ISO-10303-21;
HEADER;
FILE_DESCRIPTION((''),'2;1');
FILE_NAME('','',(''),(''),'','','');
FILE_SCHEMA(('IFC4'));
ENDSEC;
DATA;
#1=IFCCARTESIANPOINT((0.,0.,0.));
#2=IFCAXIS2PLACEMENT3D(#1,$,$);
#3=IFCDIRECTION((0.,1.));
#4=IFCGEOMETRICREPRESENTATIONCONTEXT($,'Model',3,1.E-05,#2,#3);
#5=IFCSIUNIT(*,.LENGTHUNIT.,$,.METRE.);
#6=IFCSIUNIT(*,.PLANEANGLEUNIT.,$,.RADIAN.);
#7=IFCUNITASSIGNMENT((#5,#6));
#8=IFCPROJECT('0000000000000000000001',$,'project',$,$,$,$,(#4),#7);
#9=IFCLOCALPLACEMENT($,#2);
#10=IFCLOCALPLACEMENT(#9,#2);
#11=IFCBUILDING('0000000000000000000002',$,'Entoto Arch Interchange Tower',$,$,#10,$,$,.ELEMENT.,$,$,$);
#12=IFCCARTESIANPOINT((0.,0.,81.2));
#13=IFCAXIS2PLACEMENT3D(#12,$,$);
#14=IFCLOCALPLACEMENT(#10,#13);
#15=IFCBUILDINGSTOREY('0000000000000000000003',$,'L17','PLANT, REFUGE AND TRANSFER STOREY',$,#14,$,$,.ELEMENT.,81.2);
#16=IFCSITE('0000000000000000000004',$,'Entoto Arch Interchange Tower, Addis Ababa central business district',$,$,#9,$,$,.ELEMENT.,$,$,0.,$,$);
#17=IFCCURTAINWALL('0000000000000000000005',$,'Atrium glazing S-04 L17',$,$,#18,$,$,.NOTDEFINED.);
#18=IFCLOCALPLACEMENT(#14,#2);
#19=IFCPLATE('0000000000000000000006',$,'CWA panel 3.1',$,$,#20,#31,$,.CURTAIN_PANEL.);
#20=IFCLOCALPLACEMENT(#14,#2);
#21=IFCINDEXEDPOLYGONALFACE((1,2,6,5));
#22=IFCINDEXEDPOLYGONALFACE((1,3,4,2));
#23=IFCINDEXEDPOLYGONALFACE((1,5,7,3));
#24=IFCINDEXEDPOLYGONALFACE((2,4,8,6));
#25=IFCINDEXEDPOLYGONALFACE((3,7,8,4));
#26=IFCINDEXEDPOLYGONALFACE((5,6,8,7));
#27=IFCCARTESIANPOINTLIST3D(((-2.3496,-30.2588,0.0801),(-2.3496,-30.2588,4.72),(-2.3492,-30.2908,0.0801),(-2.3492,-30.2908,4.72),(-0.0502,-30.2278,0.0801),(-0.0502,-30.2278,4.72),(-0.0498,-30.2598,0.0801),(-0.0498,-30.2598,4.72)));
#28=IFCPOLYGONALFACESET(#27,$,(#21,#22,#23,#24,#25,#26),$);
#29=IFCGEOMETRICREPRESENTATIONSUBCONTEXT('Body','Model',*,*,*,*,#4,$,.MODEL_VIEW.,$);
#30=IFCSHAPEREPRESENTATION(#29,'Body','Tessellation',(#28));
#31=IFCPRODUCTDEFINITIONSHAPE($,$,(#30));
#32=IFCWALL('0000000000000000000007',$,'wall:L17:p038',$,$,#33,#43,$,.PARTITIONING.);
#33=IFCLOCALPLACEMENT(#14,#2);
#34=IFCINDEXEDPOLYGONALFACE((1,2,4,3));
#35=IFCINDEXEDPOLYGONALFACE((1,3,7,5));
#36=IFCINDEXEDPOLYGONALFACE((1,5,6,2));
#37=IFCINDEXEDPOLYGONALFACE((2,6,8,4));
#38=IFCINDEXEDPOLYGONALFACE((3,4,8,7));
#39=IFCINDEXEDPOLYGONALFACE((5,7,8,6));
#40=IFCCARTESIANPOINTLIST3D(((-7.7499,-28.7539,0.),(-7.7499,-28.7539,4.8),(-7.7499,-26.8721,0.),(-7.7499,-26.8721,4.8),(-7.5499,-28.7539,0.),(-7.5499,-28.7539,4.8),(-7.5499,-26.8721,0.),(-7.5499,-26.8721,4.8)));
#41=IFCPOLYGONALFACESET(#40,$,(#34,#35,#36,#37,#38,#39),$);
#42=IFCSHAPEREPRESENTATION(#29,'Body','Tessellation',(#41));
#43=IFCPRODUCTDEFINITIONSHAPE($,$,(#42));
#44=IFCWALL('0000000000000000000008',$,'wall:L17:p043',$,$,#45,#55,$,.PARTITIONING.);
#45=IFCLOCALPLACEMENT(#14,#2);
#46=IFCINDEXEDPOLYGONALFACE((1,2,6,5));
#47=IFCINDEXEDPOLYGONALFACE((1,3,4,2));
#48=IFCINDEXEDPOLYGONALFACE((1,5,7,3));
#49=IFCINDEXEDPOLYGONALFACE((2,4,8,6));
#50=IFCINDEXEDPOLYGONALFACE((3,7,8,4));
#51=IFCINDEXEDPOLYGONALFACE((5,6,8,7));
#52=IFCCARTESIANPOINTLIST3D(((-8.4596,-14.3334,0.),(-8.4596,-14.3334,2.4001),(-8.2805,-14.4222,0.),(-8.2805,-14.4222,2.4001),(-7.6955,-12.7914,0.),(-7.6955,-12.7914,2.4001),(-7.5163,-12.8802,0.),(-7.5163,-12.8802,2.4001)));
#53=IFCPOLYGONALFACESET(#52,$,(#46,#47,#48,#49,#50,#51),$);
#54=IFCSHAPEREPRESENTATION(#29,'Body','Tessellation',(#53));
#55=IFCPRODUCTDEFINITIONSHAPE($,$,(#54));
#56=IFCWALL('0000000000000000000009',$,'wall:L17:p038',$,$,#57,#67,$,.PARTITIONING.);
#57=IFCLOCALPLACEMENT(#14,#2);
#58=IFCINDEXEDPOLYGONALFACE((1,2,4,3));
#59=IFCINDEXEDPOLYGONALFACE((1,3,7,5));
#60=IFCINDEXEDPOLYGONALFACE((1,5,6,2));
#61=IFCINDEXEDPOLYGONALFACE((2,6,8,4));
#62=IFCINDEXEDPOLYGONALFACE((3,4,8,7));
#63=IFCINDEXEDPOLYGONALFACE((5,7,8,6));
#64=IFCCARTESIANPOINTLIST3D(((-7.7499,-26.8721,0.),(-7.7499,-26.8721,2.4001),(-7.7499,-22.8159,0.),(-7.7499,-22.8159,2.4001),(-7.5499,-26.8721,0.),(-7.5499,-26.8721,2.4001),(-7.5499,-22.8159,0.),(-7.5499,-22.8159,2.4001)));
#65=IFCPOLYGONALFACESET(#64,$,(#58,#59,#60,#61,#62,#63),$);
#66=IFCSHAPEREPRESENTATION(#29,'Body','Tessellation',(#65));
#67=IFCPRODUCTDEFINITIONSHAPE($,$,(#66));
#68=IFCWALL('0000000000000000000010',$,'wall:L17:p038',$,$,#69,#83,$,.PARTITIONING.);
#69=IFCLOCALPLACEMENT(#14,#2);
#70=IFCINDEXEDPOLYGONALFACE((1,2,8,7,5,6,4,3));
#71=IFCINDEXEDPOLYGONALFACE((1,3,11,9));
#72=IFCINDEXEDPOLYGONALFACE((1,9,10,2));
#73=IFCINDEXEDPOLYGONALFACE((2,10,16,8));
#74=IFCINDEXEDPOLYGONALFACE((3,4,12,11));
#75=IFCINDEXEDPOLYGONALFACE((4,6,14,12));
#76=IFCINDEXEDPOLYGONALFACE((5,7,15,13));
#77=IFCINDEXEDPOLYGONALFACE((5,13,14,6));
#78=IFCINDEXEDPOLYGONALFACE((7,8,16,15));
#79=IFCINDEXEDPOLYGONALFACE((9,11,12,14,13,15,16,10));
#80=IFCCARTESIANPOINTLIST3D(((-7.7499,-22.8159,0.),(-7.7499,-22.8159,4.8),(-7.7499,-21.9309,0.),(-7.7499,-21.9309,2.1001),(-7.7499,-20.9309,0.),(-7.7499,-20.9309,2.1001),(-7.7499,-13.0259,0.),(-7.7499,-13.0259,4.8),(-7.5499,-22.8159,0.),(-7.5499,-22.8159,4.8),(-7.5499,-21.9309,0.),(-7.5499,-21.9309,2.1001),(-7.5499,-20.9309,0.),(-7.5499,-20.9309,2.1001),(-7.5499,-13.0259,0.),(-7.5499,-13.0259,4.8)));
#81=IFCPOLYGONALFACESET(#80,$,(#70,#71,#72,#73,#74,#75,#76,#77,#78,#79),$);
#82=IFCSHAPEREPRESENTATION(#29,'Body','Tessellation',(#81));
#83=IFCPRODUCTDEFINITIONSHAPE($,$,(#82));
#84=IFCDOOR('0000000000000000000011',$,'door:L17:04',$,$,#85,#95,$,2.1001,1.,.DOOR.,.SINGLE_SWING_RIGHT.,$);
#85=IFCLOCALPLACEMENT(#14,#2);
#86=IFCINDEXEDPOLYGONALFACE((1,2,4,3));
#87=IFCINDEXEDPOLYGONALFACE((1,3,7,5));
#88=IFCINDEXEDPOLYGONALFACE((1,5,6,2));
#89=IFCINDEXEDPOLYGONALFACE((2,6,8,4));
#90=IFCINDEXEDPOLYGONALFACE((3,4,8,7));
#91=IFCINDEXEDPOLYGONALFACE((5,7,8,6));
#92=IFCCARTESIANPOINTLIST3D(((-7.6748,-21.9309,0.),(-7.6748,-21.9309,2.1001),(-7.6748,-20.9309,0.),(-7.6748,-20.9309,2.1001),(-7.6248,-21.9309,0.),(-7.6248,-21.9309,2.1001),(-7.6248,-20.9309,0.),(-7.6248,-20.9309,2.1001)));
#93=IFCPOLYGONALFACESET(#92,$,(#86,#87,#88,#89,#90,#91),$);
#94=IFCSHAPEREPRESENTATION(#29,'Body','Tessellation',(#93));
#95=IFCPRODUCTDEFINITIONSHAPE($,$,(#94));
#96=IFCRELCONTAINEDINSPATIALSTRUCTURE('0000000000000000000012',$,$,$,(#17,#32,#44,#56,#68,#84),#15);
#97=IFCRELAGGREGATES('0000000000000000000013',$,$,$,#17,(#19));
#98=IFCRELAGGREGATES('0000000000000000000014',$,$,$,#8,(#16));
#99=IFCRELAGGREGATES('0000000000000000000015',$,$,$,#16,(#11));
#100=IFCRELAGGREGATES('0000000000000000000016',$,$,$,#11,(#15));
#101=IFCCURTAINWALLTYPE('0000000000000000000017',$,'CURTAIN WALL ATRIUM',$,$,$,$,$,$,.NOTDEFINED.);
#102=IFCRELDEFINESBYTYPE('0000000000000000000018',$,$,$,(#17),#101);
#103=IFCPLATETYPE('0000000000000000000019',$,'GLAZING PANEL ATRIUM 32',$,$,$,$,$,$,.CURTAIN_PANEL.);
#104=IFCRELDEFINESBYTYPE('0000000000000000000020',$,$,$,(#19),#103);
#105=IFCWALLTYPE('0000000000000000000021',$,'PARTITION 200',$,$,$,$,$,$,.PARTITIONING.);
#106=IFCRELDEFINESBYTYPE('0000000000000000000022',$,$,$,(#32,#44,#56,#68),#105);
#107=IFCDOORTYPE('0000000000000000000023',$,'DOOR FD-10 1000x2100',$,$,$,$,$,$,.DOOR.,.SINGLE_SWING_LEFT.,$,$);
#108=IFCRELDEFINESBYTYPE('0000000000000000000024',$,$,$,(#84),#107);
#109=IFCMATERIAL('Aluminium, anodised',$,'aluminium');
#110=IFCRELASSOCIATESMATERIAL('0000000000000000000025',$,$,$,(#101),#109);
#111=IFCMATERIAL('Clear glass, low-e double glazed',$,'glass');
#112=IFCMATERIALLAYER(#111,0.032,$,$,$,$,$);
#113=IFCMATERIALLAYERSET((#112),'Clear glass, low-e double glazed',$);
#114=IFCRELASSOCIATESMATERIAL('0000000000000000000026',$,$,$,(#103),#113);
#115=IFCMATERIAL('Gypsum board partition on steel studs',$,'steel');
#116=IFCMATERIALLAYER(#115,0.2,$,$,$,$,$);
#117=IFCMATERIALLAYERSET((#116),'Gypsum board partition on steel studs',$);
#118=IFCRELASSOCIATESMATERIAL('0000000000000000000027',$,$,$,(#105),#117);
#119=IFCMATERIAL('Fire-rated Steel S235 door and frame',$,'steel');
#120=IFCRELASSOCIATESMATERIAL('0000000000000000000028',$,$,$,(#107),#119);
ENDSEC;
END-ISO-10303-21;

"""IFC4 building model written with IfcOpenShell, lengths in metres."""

from ifc_helpers import new_model, si_unit, direction, frame, frame_2d, origin, origin_2d, place, context, subcontext, project, spatial, rectangle, extrude, material, layer, layer_set, type_object, element, fill, aggregate, save


model = new_model("IFC4")

# Units and contexts
model_context = context("Model", 3, precision=1e-05, world=origin(), true_north=direction((0.0, 1.0)))
body_context = subcontext(model_context, "Body", "Model", "MODEL_VIEW")
ifc_project = project(units=[si_unit("LENGTHUNIT", "METRE"), si_unit("PLANEANGLEUNIT", "RADIAN")], contexts=[model_context])

# Site, building, storey
site_placement = place(None, origin())
site = spatial("IfcSite", under=ifc_project, at=site_placement, Name="Entoto Arch Interchange Tower, Addis Ababa central business district", CompositionType="ELEMENT", RefElevation=0.0)
building_placement = place(site_placement, origin())
building = spatial("IfcBuilding", under=site, at=building_placement, Name="Entoto Arch Interchange Tower", CompositionType="ELEMENT")
storey_placement = place(building_placement, frame((0.0, 0.0, 81.2)))
storey = spatial("IfcBuildingStorey", under=building, at=storey_placement, Name="L17", Description="PLANT, REFUGE AND TRANSFER STOREY", CompositionType="ELEMENT", Elevation=81.2)

# Curtain wall, plate
ifc_material_1 = material(Name="Aluminium, anodised", Category="aluminium")
curtain_wall_type = type_object("IfcCurtainWallType", Name="CURTAIN WALL ATRIUM", PredefinedType="NOTDEFINED", material=ifc_material_1)
curtain_wall_placement = place(storey_placement, origin())
curtain_wall = element("IfcCurtainWall", 1, at=curtain_wall_placement, inside=storey, type_object=curtain_wall_type, Name="Atrium glazing S-04 L17", PredefinedType="NOTDEFINED")
ifc_material_2 = material(Name="Clear glass, low-e double glazed", Category="glass")
ifc_layer_1 = layer(ifc_material_2, 0.032)
ifc_layer_set_1 = layer_set([ifc_layer_1], Name="Clear glass, low-e double glazed")
plate_type = type_object("IfcPlateType", Name="GLAZING PANEL ATRIUM 32", PredefinedType="CURTAIN_PANEL", material=ifc_layer_set_1)
plate_1_placement = place(storey_placement, frame((-1.1997, -30.2593, 0.0801), z_axis=(0.0, 0.0, 1.0), x_axis=(0.999909, 0.013475, 0.0)))
plate_1 = element("IfcPlate", 2, at=plate_1_placement, type_object=plate_type, Name="CWA panel 3.1", PredefinedType="CURTAIN_PANEL", context=body_context, shape_type="SweptSolid", body=[
    extrude(rectangle(XDim=2.2996, YDim=0.032, at=origin_2d()), origin(), (0.0, 0.0, 1.0), 4.6399),
])
aggregate(curtain_wall, [plate_1])

# Walls
ifc_material_3 = material(Name="Gypsum board partition on steel studs", Category="steel")
ifc_layer_2 = layer(ifc_material_3, 0.2)
ifc_layer_set_2 = layer_set([ifc_layer_2], Name="Gypsum board partition on steel studs")
wall_type = type_object("IfcWallType", Name="PARTITION 200", PredefinedType="PARTITIONING", material=ifc_layer_set_2)
wall_1_placement = place(storey_placement, frame((-7.6499, -28.7539, 0.0), z_axis=(0.0, 0.0, 1.0), x_axis=(0.0, 1.0, 0.0)))
element("IfcWall", 3, at=wall_1_placement, inside=storey, type_object=wall_type, Name="wall:L17:p038", PredefinedType="PARTITIONING", context=body_context, shape_type="SweptSolid", body=[
    extrude(rectangle(XDim=1.8818, YDim=0.2, at=frame_2d((0.9409, 0.0))), origin(), (0.0, 0.0, 1.0), 4.8),
])
wall_2_placement = place(storey_placement, frame((-7.606, -12.8359, 0.0), z_axis=(0.0, 0.0, 1.0), x_axis=(-0.444033, -0.89601, 0.0)))
element("IfcWall", 4, at=wall_2_placement, inside=storey, type_object=wall_type, Name="wall:L17:p043", PredefinedType="PARTITIONING", context=body_context, shape_type="SweptSolid", body=[
    extrude(rectangle(XDim=1.7209, YDim=0.2, at=frame_2d((0.8604, 0.0))), origin(), (0.0, 0.0, 1.0), 2.4001),
])
wall_3_placement = place(storey_placement, frame((-7.6499, -26.8721, 0.0), z_axis=(0.0, 0.0, 1.0), x_axis=(0.0, 1.0, 0.0)))
element("IfcWall", 5, at=wall_3_placement, inside=storey, type_object=wall_type, Name="wall:L17:p038", PredefinedType="PARTITIONING", context=body_context, shape_type="SweptSolid", body=[
    extrude(rectangle(XDim=4.0562, YDim=0.2, at=frame_2d((2.0281, 0.0))), origin(), (0.0, 0.0, 1.0), 2.4001),
])

# Wall, opening, door
wall_4_placement = place(storey_placement, frame((-7.6499, -22.8159, 0.0), z_axis=(0.0, 0.0, 1.0), x_axis=(0.0, 1.0, 0.0)))
wall_4 = element("IfcWall", 6, at=wall_4_placement, inside=storey, type_object=wall_type, Name="wall:L17:p038", PredefinedType="PARTITIONING", context=body_context, shape_type="SweptSolid", body=[
    extrude(rectangle(XDim=9.79, YDim=0.2, at=frame_2d((4.895, 0.0))), origin(), (0.0, 0.0, 1.0), 4.8),
])
opening_placement = place(wall_4_placement, frame((0.885, 0.0, 0.0)))
opening = element("IfcOpeningElement", 7, at=opening_placement, cuts=wall_4, PredefinedType="OPENING", context=body_context, shape_type="SweptSolid", body=[
    extrude(rectangle(XDim=1.0, YDim=2.1001, at=frame_2d((0.5, 1.05))), frame((0.0, 0.1099, 0.0), z_axis=(0.0, -1.0, 0.0), x_axis=(1.0, 0.0, 0.0)), (0.0, 0.0, 1.0), 0.22),
])
ifc_material_4 = material(Name="Fire-rated Steel S235 door and frame", Category="steel")
door_type = type_object("IfcDoorType", Name="DOOR FD-10 1000x2100", OperationType="SINGLE_SWING_LEFT", PredefinedType="DOOR", material=ifc_material_4)
door_placement = place(opening_placement, origin())
door = element("IfcDoor", 8, at=door_placement, inside=storey, type_object=door_type, Name="door:L17:04", OperationType="SINGLE_SWING_RIGHT", OverallHeight=2.1001, OverallWidth=1.0, PredefinedType="DOOR", context=body_context, shape_type="SweptSolid", body=[
    extrude(rectangle(XDim=1.0, YDim=2.1001, at=frame_2d((0.5, 1.05))), frame((0.0, 0.0249, 0.0), z_axis=(0.0, -1.0, 0.0), x_axis=(1.0, 0.0, 0.0)), (0.0, 0.0, 1.0), 0.05),
])
fill(opening, door)

save(model, "model.ifc")
